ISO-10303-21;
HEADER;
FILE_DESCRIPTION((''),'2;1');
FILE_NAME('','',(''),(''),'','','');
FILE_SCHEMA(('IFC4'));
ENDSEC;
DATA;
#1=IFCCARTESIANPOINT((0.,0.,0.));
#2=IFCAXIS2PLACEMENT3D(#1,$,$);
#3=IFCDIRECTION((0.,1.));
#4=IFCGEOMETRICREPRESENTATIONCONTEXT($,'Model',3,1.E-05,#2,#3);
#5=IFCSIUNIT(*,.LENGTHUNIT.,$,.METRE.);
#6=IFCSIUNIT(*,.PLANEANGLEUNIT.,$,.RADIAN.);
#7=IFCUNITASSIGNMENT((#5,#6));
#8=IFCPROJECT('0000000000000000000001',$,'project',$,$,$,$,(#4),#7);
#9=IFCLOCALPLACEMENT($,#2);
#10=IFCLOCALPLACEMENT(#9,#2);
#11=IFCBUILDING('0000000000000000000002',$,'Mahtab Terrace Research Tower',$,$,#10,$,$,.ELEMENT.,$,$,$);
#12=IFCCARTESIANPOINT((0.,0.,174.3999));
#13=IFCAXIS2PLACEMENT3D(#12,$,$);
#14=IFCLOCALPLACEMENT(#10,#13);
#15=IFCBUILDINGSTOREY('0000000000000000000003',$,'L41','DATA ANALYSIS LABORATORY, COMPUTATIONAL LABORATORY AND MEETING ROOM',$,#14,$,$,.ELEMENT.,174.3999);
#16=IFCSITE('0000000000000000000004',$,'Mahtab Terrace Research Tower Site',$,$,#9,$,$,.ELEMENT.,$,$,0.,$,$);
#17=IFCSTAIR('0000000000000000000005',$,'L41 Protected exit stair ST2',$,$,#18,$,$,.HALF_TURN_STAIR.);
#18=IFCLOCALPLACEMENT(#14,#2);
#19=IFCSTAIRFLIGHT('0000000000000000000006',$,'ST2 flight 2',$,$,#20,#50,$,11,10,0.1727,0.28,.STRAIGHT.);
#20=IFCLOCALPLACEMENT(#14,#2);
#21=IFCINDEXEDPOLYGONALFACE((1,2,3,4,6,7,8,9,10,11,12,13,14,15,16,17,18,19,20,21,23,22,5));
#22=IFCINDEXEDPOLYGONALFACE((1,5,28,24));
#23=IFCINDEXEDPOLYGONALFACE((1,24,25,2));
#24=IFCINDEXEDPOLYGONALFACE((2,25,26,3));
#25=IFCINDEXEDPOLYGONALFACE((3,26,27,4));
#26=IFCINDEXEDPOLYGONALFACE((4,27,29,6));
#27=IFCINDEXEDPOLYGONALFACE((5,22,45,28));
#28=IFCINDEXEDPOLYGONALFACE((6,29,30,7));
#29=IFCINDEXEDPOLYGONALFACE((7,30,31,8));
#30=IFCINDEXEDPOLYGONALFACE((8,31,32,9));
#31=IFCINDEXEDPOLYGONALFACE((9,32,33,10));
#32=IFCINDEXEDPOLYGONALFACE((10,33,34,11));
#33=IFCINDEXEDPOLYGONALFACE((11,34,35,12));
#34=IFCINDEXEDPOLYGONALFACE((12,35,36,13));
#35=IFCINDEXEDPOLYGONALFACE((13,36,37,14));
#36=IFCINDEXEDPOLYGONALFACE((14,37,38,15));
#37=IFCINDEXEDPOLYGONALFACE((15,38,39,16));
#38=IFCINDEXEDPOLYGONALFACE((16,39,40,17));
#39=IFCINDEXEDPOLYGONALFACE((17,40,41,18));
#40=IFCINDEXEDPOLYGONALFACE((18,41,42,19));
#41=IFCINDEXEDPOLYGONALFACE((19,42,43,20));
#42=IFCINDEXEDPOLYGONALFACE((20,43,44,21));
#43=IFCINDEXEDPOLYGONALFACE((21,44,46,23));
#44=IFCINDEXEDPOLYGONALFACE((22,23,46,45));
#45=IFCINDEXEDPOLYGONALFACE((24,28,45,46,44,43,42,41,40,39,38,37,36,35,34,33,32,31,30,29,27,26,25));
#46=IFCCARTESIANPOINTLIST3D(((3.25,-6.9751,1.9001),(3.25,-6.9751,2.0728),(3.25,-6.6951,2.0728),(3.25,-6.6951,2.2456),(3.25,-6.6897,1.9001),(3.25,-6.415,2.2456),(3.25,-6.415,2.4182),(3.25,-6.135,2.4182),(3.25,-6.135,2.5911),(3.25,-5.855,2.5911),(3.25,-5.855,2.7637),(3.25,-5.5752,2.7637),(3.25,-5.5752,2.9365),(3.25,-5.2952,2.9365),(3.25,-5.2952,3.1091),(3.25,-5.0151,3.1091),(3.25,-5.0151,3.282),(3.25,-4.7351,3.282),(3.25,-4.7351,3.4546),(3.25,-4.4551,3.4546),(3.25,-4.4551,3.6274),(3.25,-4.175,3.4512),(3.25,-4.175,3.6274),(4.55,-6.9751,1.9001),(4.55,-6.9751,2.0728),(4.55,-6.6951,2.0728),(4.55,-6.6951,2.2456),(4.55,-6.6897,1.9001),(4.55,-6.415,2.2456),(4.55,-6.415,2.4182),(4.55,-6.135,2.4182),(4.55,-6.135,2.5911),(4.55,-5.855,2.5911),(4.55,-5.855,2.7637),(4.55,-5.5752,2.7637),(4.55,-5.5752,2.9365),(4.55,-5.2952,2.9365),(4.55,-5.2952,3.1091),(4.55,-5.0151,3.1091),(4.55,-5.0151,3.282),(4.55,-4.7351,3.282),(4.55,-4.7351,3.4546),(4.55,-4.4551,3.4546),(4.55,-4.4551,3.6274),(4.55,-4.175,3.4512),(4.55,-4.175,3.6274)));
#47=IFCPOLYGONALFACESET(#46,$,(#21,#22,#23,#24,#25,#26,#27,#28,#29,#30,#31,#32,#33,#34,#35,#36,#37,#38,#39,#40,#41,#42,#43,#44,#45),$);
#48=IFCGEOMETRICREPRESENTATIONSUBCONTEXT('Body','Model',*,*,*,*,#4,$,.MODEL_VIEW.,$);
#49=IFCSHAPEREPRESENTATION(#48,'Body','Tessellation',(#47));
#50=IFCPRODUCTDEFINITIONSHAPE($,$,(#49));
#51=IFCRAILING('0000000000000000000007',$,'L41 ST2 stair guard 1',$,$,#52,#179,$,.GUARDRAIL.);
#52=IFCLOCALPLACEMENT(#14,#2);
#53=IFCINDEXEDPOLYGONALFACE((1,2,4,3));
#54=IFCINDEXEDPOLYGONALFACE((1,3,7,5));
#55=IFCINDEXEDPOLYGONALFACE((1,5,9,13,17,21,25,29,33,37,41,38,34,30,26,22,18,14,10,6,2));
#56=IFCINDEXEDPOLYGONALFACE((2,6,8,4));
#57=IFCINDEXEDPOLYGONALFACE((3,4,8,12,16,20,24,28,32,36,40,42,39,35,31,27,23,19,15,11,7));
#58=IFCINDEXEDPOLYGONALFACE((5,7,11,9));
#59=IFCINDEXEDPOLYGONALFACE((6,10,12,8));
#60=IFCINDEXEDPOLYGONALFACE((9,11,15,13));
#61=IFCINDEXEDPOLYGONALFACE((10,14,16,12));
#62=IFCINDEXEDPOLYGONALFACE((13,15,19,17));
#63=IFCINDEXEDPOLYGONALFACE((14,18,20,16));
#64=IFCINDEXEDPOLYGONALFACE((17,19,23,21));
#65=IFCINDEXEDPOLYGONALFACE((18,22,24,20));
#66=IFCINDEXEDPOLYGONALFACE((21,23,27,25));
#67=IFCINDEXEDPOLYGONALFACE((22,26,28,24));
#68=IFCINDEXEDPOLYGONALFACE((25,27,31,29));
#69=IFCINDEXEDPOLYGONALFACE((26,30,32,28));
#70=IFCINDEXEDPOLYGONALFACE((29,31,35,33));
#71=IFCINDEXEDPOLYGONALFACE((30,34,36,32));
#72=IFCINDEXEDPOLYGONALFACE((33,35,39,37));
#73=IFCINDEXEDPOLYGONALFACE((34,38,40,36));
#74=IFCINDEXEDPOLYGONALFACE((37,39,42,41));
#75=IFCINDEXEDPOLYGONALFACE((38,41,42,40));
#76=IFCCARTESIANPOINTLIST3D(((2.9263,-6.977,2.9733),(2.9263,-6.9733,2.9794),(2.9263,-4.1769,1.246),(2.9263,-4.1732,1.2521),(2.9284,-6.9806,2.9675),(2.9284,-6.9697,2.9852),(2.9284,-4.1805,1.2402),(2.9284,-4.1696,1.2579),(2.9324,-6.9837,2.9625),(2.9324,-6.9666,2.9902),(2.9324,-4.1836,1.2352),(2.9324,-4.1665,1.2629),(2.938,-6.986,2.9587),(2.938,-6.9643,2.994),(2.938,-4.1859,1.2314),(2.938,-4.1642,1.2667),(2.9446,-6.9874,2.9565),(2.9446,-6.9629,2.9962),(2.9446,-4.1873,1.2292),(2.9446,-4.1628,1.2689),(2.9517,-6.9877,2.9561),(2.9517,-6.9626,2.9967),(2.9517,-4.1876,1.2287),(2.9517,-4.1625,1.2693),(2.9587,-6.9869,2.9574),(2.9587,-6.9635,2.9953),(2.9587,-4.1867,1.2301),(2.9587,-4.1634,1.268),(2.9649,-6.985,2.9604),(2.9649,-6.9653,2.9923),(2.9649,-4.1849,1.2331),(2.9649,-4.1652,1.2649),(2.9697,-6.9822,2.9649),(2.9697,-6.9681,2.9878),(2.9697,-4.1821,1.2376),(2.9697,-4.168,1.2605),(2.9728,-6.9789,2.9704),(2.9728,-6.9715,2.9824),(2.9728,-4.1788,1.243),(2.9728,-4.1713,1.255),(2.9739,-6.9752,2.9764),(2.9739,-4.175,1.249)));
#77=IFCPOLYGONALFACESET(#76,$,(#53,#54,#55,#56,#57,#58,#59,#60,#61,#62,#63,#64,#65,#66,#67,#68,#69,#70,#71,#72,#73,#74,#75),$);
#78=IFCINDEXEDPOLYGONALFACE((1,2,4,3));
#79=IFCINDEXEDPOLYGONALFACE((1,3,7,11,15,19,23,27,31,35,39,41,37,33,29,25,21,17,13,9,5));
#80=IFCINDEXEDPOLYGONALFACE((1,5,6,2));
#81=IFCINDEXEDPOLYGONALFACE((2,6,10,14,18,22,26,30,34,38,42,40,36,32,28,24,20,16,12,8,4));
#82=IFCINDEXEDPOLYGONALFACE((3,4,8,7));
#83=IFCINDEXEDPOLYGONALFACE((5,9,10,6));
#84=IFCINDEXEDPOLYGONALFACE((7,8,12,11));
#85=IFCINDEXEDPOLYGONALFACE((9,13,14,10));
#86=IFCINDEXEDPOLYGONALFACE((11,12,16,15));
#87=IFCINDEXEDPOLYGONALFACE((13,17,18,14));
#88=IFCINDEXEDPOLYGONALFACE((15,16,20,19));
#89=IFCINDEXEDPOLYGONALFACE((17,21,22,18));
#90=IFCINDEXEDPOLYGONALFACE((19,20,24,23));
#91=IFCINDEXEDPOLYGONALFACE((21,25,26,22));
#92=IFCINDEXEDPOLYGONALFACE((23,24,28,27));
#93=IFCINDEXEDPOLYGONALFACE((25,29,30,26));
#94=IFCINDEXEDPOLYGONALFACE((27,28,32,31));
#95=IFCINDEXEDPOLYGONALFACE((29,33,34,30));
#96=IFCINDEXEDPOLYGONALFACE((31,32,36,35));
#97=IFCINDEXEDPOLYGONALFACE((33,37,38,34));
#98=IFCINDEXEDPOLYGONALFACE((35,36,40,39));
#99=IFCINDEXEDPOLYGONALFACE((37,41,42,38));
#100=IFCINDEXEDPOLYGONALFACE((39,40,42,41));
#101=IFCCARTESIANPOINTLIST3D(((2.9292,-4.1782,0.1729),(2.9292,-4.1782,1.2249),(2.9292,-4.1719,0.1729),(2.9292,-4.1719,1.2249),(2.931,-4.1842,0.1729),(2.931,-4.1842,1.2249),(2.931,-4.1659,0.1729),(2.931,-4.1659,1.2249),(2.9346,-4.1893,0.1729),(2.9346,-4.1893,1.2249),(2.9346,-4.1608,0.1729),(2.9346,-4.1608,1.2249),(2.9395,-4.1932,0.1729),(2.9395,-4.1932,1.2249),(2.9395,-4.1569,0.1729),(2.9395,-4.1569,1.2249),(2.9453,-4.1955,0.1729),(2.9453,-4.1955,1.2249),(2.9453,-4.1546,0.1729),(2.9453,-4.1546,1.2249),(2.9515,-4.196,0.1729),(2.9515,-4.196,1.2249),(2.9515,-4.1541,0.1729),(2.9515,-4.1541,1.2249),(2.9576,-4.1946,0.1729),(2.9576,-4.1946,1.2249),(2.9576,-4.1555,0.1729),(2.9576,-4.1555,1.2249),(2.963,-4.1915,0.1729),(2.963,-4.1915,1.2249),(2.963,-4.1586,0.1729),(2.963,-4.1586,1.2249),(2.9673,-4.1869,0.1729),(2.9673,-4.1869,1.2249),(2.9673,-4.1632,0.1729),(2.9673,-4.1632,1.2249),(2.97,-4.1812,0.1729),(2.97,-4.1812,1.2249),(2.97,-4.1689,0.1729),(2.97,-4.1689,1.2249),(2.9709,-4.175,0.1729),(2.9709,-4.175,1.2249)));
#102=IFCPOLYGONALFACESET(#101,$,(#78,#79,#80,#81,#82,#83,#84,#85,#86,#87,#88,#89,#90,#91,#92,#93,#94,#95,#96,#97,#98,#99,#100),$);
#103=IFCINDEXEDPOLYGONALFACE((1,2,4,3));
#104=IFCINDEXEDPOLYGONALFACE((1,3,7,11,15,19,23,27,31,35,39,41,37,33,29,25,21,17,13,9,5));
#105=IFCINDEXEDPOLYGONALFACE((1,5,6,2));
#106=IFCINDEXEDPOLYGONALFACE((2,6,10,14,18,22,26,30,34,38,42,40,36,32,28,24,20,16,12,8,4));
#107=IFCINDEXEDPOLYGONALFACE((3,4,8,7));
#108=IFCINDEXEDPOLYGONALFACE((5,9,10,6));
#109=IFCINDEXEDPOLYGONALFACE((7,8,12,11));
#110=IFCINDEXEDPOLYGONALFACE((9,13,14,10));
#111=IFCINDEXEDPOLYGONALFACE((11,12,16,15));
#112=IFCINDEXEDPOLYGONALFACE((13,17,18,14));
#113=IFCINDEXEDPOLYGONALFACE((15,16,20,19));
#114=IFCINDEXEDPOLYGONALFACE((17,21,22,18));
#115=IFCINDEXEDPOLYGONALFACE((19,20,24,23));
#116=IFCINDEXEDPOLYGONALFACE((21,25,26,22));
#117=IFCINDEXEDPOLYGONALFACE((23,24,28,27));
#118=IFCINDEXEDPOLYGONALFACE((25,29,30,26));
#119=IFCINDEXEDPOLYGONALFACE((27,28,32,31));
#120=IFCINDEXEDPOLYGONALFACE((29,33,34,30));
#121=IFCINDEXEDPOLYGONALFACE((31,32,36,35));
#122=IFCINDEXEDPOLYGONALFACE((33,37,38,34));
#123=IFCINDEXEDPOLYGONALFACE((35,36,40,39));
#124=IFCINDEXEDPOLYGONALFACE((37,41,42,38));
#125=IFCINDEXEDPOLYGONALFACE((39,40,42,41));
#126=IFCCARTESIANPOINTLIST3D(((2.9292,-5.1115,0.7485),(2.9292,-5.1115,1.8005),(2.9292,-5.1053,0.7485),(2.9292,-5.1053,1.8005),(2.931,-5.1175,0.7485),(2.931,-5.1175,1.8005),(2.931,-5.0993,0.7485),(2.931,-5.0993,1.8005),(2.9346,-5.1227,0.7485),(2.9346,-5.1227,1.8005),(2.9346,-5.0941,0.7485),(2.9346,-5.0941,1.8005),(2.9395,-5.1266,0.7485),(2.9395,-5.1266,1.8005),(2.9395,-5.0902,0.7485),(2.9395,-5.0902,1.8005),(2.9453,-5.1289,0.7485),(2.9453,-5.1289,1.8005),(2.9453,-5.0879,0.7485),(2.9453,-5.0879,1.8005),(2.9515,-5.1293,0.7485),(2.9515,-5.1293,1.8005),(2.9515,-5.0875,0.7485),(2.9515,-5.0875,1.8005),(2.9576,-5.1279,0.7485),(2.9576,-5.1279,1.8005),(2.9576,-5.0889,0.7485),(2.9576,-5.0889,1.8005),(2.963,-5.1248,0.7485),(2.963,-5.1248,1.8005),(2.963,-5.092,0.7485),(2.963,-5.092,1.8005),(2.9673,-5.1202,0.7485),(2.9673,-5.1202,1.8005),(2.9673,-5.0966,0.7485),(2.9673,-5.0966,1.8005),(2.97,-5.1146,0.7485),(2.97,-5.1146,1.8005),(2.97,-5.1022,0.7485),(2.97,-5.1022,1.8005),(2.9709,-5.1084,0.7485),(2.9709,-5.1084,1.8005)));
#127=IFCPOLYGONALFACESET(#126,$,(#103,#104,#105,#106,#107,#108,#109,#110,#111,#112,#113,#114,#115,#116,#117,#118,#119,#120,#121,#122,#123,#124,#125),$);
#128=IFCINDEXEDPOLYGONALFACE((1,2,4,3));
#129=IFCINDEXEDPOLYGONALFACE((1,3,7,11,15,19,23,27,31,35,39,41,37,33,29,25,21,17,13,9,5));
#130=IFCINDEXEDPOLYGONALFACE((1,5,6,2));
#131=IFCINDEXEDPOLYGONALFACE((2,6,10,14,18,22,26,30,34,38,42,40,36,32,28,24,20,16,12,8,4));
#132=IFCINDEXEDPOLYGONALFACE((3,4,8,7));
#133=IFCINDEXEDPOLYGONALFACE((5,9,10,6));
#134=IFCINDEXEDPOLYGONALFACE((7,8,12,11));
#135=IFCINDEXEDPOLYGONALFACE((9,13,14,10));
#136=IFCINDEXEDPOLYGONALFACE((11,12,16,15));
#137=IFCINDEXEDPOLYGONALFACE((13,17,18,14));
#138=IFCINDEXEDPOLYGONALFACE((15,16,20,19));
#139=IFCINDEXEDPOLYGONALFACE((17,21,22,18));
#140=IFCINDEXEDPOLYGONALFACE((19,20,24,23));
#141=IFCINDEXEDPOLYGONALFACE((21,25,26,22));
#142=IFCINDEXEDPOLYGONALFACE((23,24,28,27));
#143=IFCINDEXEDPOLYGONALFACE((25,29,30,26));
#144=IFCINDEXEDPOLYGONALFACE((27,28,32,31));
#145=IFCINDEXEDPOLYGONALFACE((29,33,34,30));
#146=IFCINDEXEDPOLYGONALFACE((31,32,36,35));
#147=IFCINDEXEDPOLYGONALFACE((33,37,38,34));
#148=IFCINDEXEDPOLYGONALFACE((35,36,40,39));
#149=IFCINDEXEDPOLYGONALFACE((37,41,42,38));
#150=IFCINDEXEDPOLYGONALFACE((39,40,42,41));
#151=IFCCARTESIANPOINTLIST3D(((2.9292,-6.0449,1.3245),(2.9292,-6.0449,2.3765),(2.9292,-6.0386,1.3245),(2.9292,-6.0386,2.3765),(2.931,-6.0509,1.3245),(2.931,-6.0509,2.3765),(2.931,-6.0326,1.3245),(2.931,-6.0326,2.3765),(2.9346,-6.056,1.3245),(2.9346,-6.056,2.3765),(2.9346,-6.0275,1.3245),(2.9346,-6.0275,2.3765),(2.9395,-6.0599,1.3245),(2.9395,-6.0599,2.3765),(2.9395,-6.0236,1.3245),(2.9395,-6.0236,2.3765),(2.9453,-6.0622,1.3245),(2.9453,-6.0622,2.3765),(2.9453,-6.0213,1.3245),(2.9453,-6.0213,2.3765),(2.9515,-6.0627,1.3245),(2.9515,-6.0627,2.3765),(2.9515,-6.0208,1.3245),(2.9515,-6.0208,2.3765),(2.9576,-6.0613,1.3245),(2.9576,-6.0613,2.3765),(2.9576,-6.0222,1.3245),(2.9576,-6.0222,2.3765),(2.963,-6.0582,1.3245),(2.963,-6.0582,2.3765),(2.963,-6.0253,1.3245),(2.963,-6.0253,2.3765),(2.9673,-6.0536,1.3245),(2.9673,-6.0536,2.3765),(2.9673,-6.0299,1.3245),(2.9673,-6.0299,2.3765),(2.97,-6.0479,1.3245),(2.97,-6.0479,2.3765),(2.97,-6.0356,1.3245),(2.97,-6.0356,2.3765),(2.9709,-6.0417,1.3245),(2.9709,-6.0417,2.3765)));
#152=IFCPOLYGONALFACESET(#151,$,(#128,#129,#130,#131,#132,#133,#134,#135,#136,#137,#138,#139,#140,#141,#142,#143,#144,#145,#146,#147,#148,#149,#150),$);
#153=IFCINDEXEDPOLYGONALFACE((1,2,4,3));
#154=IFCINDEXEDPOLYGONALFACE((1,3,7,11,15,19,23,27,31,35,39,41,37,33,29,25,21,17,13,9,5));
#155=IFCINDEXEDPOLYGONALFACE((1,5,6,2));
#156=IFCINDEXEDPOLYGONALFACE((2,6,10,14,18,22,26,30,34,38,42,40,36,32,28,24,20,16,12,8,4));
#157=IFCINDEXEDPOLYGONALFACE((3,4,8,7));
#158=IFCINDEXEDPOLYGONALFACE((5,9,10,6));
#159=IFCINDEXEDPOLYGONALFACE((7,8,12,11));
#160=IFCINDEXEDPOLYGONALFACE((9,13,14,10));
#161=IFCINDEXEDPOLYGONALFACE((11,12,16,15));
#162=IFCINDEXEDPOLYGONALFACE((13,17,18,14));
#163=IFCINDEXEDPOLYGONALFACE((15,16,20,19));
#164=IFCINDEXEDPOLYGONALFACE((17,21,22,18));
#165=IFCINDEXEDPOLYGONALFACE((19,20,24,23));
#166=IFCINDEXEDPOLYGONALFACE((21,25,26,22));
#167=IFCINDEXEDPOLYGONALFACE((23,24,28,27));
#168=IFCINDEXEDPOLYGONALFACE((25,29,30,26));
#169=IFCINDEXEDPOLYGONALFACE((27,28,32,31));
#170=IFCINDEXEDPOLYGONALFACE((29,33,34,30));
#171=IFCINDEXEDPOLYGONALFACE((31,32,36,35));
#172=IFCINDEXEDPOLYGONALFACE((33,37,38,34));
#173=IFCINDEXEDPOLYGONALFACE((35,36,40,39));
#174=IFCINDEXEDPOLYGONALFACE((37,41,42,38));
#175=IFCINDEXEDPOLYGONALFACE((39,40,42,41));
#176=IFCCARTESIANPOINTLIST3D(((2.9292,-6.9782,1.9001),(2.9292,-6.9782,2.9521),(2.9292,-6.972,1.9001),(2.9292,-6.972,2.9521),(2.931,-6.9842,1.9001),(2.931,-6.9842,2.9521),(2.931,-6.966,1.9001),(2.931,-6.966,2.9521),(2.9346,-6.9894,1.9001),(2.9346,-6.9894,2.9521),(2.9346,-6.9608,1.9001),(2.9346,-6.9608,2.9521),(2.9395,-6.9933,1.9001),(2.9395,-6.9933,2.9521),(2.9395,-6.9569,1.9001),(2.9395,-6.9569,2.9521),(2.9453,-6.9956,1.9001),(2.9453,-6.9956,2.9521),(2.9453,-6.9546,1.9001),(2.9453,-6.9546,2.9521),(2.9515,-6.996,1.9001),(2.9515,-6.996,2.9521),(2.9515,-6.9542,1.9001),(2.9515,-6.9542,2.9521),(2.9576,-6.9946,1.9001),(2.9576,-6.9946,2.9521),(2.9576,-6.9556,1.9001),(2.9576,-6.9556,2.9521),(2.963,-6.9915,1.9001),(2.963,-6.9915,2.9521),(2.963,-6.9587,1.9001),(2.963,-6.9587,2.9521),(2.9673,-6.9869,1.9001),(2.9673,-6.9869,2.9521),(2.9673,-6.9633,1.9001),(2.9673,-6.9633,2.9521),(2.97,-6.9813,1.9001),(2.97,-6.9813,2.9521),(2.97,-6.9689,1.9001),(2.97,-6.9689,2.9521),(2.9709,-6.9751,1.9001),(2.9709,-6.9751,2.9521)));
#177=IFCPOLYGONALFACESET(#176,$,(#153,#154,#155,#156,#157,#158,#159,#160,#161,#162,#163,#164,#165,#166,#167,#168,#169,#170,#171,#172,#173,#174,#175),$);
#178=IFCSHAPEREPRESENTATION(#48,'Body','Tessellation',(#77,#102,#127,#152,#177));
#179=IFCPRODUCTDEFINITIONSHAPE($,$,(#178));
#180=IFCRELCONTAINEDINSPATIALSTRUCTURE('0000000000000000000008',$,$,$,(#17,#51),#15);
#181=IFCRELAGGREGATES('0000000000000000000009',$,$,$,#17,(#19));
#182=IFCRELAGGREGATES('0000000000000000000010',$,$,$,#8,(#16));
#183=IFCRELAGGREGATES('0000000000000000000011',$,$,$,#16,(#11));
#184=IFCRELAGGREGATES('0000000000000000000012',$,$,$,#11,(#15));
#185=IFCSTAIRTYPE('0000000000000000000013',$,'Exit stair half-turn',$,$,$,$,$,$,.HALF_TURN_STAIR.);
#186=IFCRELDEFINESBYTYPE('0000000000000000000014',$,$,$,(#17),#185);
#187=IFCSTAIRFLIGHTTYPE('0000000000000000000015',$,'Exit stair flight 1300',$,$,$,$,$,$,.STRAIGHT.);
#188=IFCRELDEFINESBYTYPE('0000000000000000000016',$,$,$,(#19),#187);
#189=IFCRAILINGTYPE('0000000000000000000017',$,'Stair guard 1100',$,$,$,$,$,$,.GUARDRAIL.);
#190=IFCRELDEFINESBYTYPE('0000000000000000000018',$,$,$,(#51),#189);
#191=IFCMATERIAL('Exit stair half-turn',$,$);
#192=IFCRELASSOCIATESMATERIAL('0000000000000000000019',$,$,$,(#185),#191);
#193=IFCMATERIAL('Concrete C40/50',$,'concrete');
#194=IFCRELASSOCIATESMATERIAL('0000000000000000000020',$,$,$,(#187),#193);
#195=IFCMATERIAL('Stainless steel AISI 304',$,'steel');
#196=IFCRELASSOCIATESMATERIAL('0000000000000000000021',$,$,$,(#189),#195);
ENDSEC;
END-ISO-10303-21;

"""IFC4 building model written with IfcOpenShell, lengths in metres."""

from ifc_helpers import new_model, si_unit, direction, frame, origin, origin_2d, place, context, subcontext, project, spatial, polyline, circle, outline, extrude, material, type_object, element, aggregate, save


model = new_model("IFC4")

# Units and contexts
model_context = context("Model", 3, precision=1e-05, world=origin(), true_north=direction((0.0, 1.0)))
body_context = subcontext(model_context, "Body", "Model", "MODEL_VIEW")
ifc_project = project(units=[si_unit("LENGTHUNIT", "METRE"), si_unit("PLANEANGLEUNIT", "RADIAN")], contexts=[model_context])

# Site, building, storey
site_placement = place(None, origin())
site = spatial("IfcSite", under=ifc_project, at=site_placement, Name="Mahtab Terrace Research Tower Site", CompositionType="ELEMENT", RefElevation=0.0)
building_placement = place(site_placement, origin())
building = spatial("IfcBuilding", under=site, at=building_placement, Name="Mahtab Terrace Research Tower", CompositionType="ELEMENT")
storey_placement = place(building_placement, frame((0.0, 0.0, 174.3999)))
storey = spatial("IfcBuildingStorey", under=building, at=storey_placement, Name="L41", Description="DATA ANALYSIS LABORATORY, COMPUTATIONAL LABORATORY AND MEETING ROOM", CompositionType="ELEMENT", Elevation=174.3999)

# Stair, stair flight
ifc_material_1 = material(Name="Exit stair half-turn")
stair_type = type_object("IfcStairType", Name="Exit stair half-turn", PredefinedType="HALF_TURN_STAIR", material=ifc_material_1)
stair_placement = place(storey_placement, origin())
stair = element("IfcStair", 1, at=stair_placement, inside=storey, type_object=stair_type, Name="L41 Protected exit stair ST2", PredefinedType="HALF_TURN_STAIR")
ifc_material_2 = material(Name="Concrete C40/50", Category="concrete")
stair_flight_type = type_object("IfcStairFlightType", Name="Exit stair flight 1300", PredefinedType="STRAIGHT", material=ifc_material_2)
stair_flight_1_placement = place(storey_placement, frame((3.8999, -6.9751, 1.9001), z_axis=(0.0, 0.0, 1.0), x_axis=(0.0, 1.0, 0.0)))
stair_flight_1 = element("IfcStairFlight", 2, at=stair_flight_1_placement, type_object=stair_flight_type, Name="ST2 flight 2", NumberOfRisers=11, NumberOfTreads=10, PredefinedType="STRAIGHT", RiserHeight=0.1727, TreadLength=0.28, context=body_context, shape_type="SweptSolid", body=[
    extrude(outline(polyline([(0.0, 0.0), (0.0, 0.1726), (0.28, 0.1726), (0.28, 0.3455), (0.5601, 0.3455), (0.5601, 0.5181), (0.8401, 0.5181), (0.8401, 0.6909), (1.1201, 0.6909), (1.1201, 0.8635), (1.3999, 0.8635), (1.3999, 1.0364), (1.6799, 1.0364), (1.6799, 1.209), (1.96, 1.209), (1.96, 1.3818), (2.24, 1.3818), (2.24, 1.5544), (2.52, 1.5544), (2.52, 1.7273), (2.8, 1.7273), (2.8, 1.8999), (2.8, 1.551), (0.2854, 0.0), (0.0, 0.0)])), frame((0.0, 0.6499, 0.0), z_axis=(0.0, -1.0, 0.0), x_axis=(1.0, 0.0, 0.0)), (0.0, 0.0, 1.0), 1.3),
])
aggregate(stair, [stair_flight_1])

# Railing
ifc_material_3 = material(Name="Stainless steel AISI 304", Category="steel")
railing_type_1 = type_object("IfcRailingType", Name="Stair guard 1100", PredefinedType="GUARDRAIL", material=ifc_material_3)
railing_1_placement = place(storey_placement, frame((2.95, -4.175, 0.1729)))
element("IfcRailing", 3, at=railing_1_placement, inside=storey, type_object=railing_type_1, Name="L41 ST2 stair guard 1", PredefinedType="GUARDRAIL", context=body_context, shape_type="SweptSolid", body=[
    extrude(circle(Radius=0.0239, at=origin_2d()), frame((0.0, 0.0, 1.0762), z_axis=(0.0, -0.85109, 0.52502), x_axis=(1.0, 0.0, 0.0)), (0.0, 0.0, 1.0), 3.29),
    extrude(circle(Radius=0.021, at=origin_2d()), origin(), (0.0, 0.0, 1.0), 1.052),
    extrude(circle(Radius=0.021, at=origin_2d()), frame((0.0, -0.9333, 0.5757)), (0.0, 0.0, 1.0), 1.052),
    extrude(circle(Radius=0.021, at=origin_2d()), frame((0.0, -1.8667, 1.1516)), (0.0, 0.0, 1.0), 1.052),
    extrude(circle(Radius=0.021, at=origin_2d()), frame((0.0, -2.8, 1.7273)), (0.0, 0.0, 1.0), 1.052),
])

save(model, "model.ifc")
